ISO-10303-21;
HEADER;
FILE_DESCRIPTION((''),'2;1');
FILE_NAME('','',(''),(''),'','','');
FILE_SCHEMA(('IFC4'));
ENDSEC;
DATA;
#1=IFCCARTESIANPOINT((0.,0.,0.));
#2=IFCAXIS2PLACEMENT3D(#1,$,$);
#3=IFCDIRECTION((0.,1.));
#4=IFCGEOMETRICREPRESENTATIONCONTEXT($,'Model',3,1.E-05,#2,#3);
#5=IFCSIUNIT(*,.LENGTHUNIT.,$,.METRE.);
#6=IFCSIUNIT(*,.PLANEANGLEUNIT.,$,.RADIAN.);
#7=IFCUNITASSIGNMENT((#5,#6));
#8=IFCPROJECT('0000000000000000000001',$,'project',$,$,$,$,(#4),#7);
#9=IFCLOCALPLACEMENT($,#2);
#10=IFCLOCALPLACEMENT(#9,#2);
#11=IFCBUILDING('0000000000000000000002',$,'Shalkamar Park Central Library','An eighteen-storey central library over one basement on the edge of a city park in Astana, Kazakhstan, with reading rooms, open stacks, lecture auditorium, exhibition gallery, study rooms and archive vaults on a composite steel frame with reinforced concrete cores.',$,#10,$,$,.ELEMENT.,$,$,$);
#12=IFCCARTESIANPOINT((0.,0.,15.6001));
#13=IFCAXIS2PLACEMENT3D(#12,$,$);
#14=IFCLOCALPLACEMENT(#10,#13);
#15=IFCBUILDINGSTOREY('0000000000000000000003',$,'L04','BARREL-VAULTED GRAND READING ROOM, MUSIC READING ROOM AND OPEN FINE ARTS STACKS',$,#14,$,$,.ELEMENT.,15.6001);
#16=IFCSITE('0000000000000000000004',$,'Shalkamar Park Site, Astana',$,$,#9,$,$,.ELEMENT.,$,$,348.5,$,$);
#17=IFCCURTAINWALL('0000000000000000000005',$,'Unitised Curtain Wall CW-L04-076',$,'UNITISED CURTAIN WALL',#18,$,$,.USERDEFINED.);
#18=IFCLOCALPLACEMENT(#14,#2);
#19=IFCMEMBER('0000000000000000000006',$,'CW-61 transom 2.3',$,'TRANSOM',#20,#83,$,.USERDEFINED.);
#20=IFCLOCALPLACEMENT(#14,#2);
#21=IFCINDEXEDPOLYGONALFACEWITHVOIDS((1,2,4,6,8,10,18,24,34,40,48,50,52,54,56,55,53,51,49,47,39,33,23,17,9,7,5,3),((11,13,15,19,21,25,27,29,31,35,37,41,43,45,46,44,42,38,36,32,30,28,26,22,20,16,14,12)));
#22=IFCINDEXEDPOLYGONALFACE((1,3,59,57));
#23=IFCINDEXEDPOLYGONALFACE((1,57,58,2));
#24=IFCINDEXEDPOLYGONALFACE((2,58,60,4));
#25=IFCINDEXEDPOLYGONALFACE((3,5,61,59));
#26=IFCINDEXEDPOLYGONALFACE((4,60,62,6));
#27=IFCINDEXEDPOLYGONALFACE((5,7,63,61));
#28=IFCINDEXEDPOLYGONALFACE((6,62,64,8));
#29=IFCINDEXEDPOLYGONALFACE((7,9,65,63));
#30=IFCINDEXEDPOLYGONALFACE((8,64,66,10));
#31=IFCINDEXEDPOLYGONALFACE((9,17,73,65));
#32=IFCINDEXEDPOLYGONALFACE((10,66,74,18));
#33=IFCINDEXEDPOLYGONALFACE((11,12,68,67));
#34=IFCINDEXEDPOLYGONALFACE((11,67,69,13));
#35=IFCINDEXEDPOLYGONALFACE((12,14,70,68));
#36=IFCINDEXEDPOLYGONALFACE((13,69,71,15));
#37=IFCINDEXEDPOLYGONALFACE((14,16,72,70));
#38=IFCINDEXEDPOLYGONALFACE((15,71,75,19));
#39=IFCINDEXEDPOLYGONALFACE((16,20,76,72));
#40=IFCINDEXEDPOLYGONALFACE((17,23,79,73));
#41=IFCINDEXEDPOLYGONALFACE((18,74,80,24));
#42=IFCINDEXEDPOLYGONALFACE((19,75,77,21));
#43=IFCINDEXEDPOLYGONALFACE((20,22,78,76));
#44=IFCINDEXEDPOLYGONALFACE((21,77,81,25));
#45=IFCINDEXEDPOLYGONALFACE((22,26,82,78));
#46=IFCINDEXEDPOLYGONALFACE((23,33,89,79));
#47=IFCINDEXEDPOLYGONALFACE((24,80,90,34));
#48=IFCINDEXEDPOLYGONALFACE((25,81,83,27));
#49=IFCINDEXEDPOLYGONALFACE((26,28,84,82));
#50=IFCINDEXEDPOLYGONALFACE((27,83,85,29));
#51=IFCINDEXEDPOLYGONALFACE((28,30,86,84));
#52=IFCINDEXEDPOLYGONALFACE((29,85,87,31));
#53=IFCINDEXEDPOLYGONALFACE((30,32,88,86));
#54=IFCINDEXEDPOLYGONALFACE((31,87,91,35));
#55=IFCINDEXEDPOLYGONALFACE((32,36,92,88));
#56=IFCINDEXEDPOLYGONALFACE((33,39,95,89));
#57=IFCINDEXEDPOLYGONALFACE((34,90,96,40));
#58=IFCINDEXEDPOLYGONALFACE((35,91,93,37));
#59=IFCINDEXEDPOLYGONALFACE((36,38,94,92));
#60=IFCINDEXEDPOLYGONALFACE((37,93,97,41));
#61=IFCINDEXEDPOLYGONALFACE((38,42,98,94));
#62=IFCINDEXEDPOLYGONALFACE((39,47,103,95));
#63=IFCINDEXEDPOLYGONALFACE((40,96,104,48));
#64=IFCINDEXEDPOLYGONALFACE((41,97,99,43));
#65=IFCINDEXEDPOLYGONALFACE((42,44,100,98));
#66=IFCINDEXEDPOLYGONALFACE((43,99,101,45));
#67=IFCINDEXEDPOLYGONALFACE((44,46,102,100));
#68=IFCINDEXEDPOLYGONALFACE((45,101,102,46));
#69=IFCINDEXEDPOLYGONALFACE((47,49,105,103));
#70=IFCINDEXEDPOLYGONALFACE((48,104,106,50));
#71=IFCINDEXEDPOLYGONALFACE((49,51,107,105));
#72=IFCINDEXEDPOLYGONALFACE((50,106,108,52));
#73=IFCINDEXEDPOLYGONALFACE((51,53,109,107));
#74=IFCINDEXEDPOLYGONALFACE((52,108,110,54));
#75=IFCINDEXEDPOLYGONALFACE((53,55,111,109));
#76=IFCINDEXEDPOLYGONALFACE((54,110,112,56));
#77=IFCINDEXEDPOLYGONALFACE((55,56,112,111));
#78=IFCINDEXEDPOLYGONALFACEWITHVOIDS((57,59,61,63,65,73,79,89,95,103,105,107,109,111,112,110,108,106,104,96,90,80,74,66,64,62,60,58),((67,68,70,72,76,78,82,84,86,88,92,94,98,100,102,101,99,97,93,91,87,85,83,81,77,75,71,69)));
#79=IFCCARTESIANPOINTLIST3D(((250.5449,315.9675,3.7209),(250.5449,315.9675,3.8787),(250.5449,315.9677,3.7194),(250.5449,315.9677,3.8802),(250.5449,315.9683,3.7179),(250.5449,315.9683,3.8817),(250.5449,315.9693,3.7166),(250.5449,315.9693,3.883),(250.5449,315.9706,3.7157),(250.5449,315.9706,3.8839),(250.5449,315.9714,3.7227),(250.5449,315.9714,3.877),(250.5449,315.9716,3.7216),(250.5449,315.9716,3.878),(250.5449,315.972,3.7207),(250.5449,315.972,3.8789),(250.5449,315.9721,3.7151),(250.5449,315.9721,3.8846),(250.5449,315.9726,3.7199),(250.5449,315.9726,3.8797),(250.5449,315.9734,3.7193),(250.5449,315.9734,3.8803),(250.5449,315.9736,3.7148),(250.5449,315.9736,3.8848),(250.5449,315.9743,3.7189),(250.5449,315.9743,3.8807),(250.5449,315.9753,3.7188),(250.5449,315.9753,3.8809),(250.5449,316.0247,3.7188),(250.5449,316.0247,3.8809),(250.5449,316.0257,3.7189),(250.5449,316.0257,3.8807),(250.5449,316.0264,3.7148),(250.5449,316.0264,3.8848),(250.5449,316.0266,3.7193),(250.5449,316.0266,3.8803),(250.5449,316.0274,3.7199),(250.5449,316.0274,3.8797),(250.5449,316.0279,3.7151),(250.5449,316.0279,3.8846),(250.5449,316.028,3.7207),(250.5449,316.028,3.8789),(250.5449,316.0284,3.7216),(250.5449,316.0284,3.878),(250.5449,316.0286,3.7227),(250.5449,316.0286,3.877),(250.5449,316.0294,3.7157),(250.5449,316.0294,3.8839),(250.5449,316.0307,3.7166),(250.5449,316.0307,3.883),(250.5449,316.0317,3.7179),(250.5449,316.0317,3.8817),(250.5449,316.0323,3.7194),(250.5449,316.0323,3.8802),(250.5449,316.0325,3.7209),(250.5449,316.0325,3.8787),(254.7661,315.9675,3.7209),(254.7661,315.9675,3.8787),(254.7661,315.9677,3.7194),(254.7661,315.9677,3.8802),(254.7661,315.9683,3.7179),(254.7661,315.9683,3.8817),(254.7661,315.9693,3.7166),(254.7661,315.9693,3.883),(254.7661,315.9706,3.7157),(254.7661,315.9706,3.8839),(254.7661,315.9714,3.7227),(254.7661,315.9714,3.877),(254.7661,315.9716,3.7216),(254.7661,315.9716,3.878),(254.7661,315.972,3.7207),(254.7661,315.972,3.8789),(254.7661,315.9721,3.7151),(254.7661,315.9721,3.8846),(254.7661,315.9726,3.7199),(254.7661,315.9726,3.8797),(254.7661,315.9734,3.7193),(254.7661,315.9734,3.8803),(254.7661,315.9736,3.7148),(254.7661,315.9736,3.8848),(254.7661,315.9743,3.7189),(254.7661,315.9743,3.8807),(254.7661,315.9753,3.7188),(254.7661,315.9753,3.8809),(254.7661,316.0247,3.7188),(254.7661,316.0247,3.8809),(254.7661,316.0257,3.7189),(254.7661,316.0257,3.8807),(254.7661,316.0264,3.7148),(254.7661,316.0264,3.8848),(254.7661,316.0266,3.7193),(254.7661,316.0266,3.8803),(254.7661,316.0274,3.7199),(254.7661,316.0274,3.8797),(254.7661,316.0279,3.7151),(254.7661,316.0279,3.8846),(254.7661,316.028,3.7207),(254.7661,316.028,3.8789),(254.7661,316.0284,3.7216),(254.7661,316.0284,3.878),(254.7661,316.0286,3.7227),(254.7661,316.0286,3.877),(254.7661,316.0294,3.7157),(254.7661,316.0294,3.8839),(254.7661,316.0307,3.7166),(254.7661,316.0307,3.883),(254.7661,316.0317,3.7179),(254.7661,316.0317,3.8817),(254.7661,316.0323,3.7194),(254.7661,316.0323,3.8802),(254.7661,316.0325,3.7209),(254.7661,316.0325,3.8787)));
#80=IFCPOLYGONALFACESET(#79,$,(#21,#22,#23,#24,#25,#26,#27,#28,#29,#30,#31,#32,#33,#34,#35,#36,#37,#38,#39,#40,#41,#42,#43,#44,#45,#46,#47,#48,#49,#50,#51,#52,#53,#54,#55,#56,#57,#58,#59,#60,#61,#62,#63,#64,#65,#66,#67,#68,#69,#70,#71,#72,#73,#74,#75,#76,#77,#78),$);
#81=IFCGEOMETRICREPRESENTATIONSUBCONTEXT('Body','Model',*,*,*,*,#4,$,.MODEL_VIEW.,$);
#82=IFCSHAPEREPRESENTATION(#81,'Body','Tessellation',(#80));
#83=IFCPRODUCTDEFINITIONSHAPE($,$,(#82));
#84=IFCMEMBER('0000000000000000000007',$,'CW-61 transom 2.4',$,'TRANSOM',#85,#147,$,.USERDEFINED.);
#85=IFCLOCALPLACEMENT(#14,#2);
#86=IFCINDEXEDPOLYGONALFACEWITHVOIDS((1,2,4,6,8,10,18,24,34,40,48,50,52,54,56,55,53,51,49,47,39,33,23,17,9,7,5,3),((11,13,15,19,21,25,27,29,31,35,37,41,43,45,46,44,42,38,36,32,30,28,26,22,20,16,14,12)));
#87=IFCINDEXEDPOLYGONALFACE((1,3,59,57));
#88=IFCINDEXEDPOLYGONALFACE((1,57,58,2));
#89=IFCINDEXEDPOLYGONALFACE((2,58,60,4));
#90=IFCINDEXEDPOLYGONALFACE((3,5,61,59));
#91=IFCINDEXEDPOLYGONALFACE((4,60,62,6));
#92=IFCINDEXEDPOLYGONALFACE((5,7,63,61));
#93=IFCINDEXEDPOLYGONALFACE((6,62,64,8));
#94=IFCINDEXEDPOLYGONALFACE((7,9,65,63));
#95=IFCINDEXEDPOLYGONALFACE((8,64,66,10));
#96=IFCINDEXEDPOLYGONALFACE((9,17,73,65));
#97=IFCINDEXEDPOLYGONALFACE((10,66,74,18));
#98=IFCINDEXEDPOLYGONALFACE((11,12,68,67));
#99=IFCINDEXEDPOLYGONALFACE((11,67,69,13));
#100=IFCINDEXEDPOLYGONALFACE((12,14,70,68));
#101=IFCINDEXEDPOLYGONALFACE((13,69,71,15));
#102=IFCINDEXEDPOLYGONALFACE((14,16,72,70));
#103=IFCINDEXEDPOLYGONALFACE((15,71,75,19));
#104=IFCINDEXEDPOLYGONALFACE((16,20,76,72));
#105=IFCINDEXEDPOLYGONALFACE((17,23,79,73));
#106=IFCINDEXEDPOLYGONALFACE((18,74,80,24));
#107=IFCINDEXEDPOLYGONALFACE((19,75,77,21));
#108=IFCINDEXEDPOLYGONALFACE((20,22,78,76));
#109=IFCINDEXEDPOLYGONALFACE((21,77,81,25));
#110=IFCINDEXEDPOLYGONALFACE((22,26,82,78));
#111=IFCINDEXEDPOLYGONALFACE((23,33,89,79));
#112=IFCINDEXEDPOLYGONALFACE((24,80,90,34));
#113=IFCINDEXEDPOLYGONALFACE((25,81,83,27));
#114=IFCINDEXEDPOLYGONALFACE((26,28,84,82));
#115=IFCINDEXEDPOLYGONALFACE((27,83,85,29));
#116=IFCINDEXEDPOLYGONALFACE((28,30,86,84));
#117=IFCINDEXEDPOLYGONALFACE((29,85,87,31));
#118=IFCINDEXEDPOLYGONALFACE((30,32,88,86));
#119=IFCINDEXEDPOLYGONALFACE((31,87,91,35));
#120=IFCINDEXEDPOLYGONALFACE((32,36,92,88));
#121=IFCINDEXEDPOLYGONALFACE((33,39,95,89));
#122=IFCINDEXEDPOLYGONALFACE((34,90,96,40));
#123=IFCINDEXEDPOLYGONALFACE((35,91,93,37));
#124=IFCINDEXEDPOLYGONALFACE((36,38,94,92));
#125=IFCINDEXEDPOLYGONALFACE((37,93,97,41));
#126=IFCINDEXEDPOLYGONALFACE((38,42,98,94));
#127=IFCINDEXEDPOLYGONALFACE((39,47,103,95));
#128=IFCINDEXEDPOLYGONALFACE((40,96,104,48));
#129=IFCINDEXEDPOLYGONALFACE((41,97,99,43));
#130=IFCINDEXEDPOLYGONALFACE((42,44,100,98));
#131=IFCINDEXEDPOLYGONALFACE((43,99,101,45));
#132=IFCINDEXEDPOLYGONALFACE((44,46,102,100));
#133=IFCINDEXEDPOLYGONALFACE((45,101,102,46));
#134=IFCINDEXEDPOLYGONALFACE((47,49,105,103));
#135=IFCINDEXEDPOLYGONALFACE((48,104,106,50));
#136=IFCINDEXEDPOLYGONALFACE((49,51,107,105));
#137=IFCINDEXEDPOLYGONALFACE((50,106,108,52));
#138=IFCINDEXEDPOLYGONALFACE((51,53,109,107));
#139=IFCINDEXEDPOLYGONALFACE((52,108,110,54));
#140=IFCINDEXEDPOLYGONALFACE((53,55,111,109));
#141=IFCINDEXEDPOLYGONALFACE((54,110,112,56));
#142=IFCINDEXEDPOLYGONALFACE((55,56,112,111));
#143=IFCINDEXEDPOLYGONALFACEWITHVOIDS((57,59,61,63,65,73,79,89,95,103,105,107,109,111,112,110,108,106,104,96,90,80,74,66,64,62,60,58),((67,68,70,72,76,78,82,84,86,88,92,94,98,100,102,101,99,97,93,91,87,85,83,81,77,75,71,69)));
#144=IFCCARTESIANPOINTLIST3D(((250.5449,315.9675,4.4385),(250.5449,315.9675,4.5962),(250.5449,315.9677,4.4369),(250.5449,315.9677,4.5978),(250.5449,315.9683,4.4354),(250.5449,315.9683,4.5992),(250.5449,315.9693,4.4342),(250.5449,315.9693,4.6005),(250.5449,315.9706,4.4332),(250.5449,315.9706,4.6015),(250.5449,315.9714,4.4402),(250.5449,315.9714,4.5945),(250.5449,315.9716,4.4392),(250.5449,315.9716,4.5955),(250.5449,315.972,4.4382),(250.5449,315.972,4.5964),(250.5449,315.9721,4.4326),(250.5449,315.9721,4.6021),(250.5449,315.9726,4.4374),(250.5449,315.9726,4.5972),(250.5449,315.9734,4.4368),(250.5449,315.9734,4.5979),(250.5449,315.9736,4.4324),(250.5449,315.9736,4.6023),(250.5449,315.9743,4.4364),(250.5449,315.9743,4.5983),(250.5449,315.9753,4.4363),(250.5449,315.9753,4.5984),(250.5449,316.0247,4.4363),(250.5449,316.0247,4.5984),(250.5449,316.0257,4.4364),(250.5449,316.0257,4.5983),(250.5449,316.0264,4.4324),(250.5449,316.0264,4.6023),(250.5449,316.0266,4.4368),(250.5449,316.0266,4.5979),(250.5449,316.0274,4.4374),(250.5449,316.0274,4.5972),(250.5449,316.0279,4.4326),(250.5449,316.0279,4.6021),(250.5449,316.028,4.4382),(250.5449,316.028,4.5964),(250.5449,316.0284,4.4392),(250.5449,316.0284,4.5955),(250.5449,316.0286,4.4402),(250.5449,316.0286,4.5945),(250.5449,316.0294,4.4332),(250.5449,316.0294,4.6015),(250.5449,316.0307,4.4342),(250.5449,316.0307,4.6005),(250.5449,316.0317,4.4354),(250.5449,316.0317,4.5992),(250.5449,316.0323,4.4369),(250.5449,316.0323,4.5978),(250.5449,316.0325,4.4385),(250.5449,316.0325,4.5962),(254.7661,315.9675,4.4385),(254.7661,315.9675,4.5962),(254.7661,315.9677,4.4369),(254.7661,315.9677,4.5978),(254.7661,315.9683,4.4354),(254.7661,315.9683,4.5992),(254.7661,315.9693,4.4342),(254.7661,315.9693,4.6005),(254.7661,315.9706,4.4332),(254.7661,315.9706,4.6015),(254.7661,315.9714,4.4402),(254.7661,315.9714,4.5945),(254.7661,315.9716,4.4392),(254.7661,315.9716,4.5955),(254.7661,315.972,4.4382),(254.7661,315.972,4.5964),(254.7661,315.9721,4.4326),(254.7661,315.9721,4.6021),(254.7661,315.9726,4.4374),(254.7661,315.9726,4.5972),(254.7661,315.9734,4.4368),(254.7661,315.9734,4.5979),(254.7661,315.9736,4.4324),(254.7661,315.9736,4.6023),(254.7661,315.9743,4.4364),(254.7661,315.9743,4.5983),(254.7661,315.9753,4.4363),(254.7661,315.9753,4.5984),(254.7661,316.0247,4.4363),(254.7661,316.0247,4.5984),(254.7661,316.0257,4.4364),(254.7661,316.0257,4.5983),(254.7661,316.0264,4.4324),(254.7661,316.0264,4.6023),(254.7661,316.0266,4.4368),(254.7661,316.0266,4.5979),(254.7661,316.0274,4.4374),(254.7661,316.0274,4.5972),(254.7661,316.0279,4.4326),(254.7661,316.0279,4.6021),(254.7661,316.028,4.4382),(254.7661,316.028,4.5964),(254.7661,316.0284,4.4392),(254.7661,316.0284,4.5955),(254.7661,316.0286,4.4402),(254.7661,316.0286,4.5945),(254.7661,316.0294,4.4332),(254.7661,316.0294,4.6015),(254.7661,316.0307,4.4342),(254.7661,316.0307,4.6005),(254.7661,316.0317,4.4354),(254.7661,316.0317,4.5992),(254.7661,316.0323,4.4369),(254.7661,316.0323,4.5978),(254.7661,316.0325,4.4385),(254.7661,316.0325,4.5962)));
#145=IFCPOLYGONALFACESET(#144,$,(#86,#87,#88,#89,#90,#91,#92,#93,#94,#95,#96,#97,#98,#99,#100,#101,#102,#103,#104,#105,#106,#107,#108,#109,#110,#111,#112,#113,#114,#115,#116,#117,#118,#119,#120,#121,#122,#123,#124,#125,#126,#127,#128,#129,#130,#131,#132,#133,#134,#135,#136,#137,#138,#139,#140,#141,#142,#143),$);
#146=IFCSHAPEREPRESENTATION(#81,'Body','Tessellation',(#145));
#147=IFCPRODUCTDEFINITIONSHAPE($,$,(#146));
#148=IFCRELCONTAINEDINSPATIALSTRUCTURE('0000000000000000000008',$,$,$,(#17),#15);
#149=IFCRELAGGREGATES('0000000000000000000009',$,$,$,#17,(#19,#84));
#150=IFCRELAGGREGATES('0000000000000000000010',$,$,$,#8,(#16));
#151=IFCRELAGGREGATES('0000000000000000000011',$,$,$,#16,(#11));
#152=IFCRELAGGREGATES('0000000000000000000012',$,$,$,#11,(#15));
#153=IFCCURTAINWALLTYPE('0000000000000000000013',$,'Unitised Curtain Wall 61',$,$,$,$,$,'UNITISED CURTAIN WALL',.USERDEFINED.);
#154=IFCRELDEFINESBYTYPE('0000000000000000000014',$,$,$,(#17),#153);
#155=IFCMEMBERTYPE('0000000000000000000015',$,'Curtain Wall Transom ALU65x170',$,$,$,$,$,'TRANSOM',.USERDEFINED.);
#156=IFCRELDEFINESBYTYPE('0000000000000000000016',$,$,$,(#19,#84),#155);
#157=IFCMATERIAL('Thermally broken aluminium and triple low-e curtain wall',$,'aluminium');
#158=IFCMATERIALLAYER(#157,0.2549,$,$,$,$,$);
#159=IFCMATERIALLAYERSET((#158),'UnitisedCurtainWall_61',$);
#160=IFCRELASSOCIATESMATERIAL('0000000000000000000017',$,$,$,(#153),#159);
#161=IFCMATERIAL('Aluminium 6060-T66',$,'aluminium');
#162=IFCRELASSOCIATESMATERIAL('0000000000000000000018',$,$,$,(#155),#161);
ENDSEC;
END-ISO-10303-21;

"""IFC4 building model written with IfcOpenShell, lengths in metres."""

from ifc_helpers import new_model, si_unit, direction, frame, origin, origin_2d, place, context, subcontext, project, spatial, hollow_rectangle, extrude, material, layer, layer_set, material_profile, profile_set, type_object, element, aggregate, save


model = new_model("IFC4")

# Units and contexts
model_context = context("Model", 3, precision=1e-05, world=origin(), true_north=direction((0.0, 1.0)))
body_context = subcontext(model_context, "Body", "Model", "MODEL_VIEW")
ifc_project = project(units=[si_unit("LENGTHUNIT", "METRE"), si_unit("PLANEANGLEUNIT", "RADIAN")], contexts=[model_context])

# Site, building, storey
site_placement = place(None, origin())
site = spatial("IfcSite", under=ifc_project, at=site_placement, Name="Shalkamar Park Site, Astana", CompositionType="ELEMENT", RefElevation=348.5)
building_placement = place(site_placement, origin())
building = spatial("IfcBuilding", under=site, at=building_placement, Name="Shalkamar Park Central Library", Description="An eighteen-storey central library over one basement on the edge of a city park in Astana, Kazakhstan, with reading rooms, open stacks, lecture auditorium, exhibition gallery, study rooms and archive vaults on a composite steel frame with reinforced concrete cores.", CompositionType="ELEMENT")
storey_placement = place(building_placement, frame((0.0, 0.0, 15.6001)))
storey = spatial("IfcBuildingStorey", under=building, at=storey_placement, Name="L04", Description="BARREL-VAULTED GRAND READING ROOM, MUSIC READING ROOM AND OPEN FINE ARTS STACKS", CompositionType="ELEMENT", Elevation=15.6001)

# Curtain wall
ifc_material_1 = material(Name="Thermally broken aluminium and triple low-e curtain wall", Category="aluminium")
ifc_layer_1 = layer(ifc_material_1, 0.2549)
ifc_layer_set_1 = layer_set([ifc_layer_1], Name="UnitisedCurtainWall_61")
curtain_wall_type_1 = type_object("IfcCurtainWallType", Name="Unitised Curtain Wall 61", ElementType="UNITISED CURTAIN WALL", PredefinedType="USERDEFINED", material=ifc_layer_set_1)
curtain_wall_1_placement = place(storey_placement, origin())
curtain_wall_1 = element("IfcCurtainWall", 1, at=curtain_wall_1_placement, inside=storey, type_object=curtain_wall_type_1, Name="Unitised Curtain Wall CW-L04-076", ObjectType="UNITISED CURTAIN WALL", PredefinedType="USERDEFINED")
ifc_material_2 = material(Name="Aluminium 6060-T66", Category="aluminium")

# Members
ifc_material_profile_1 = material_profile(ifc_material_2, hollow_rectangle(XDim=0.0649, YDim=0.1699, WallThickness=0.0039, InnerFilletRadius=0.0039, OuterFilletRadius=0.0061, at=origin_2d()), Name="ALU 65x170x4")
ifc_profile_set_1 = profile_set([ifc_material_profile_1], Name="Aluminium 6060-T66")
member_type_1 = type_object("IfcMemberType", Name="Curtain Wall Transom ALU65x170", ElementType="TRANSOM", PredefinedType="USERDEFINED", material=ifc_profile_set_1)
member_1_placement = place(storey_placement, frame((250.5449, 316.0, 3.7998), z_axis=(1.0, 0.0, 0.0), x_axis=(0.0, 1.0, 0.0)))
member_1 = element("IfcMember", 2, at=member_1_placement, type_object=member_type_1, Name="CW-61 transom 2.3", ObjectType="TRANSOM", PredefinedType="USERDEFINED", context=body_context, shape_type="SweptSolid", body=[
    extrude(hollow_rectangle(XDim=0.0649, YDim=0.1699, WallThickness=0.0039, InnerFilletRadius=0.0039, OuterFilletRadius=0.0061, at=origin_2d()), origin(), (0.0, 0.0, 1.0), 4.2212),
])
member_2_placement = place(storey_placement, frame((250.5449, 316.0, 4.5173), z_axis=(1.0, 0.0, 0.0), x_axis=(0.0, 1.0, 0.0)))
member_2 = element("IfcMember", 3, at=member_2_placement, type_object=member_type_1, Name="CW-61 transom 2.4", ObjectType="TRANSOM", PredefinedType="USERDEFINED", context=body_context, shape_type="SweptSolid", body=[
    extrude(hollow_rectangle(XDim=0.0649, YDim=0.1699, WallThickness=0.0039, InnerFilletRadius=0.0039, OuterFilletRadius=0.0061, at=origin_2d()), origin(), (0.0, 0.0, 1.0), 4.2212),
])

aggregate(curtain_wall_1, [member_1, member_2])

save(model, "model.ifc")
